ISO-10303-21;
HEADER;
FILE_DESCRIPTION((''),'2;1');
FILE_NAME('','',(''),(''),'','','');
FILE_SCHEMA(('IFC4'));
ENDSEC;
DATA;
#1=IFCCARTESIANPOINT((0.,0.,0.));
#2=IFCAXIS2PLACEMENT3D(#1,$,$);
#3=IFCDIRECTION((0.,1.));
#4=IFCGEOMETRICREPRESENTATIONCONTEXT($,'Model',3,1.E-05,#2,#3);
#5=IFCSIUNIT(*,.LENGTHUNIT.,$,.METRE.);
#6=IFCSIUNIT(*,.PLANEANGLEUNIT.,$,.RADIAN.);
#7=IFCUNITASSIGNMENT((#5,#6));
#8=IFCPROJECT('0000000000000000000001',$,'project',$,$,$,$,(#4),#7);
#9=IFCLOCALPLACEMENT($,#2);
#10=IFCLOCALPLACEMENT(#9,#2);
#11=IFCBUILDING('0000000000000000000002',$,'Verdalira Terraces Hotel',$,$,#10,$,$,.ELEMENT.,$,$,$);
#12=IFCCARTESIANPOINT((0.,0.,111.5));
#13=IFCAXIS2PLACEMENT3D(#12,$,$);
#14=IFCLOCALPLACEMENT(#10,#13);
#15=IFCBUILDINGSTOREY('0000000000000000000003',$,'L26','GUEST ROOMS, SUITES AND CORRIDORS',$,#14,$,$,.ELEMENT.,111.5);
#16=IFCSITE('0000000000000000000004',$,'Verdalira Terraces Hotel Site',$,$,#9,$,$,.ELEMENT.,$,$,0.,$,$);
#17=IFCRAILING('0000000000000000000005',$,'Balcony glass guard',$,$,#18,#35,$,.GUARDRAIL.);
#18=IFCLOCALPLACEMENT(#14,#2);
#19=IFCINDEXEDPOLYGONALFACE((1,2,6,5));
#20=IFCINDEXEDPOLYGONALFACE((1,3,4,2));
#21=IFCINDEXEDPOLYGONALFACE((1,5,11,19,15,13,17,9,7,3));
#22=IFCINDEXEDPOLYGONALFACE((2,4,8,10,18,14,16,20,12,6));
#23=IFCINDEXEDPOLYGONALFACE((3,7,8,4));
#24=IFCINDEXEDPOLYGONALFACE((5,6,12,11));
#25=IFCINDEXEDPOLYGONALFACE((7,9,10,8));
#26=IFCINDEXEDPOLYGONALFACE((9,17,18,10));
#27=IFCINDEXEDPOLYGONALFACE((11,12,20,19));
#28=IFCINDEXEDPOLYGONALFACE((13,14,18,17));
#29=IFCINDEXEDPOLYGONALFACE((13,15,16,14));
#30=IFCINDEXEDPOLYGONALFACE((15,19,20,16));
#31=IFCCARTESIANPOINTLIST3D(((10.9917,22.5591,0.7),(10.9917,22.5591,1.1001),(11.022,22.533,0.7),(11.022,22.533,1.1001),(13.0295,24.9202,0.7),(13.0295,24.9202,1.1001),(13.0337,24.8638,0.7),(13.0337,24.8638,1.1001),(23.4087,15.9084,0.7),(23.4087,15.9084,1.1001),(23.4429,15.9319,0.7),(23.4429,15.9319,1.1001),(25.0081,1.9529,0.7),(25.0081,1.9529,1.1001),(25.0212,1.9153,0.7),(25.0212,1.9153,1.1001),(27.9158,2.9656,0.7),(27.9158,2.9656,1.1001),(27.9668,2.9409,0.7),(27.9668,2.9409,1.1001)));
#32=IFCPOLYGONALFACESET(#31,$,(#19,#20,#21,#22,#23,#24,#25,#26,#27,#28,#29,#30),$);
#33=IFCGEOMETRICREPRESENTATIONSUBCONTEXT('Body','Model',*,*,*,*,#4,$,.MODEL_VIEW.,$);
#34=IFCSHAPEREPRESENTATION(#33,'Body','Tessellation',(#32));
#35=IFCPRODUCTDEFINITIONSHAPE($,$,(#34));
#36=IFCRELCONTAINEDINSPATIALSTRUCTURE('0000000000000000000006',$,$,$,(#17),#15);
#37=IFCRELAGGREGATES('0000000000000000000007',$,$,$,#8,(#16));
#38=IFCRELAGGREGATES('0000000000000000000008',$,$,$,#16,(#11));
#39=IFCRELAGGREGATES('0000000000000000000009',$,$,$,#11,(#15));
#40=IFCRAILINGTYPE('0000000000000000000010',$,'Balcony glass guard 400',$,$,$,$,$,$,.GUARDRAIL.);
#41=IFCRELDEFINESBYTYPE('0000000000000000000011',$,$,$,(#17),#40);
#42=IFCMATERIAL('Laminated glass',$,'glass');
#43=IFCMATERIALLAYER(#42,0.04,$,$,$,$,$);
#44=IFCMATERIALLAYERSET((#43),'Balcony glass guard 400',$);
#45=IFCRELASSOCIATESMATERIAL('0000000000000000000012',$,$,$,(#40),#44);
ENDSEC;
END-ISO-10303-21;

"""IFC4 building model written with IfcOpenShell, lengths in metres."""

from ifc_helpers import new_model, si_unit, direction, frame, origin, place, context, subcontext, project, spatial, polyline, outline, extrude, material, layer, layer_set, type_object, element, save


model = new_model("IFC4")

# Units and contexts
model_context = context("Model", 3, precision=1e-05, world=origin(), true_north=direction((0.0, 1.0)))
body_context = subcontext(model_context, "Body", "Model", "MODEL_VIEW")
ifc_project = project(units=[si_unit("LENGTHUNIT", "METRE"), si_unit("PLANEANGLEUNIT", "RADIAN")], contexts=[model_context])

# Site, building, storey
site_placement = place(None, origin())
site = spatial("IfcSite", under=ifc_project, at=site_placement, Name="Verdalira Terraces Hotel Site", CompositionType="ELEMENT", RefElevation=0.0)
building_placement = place(site_placement, origin())
building = spatial("IfcBuilding", under=site, at=building_placement, Name="Verdalira Terraces Hotel", CompositionType="ELEMENT")
storey_placement = place(building_placement, frame((0.0, 0.0, 111.5)))
storey = spatial("IfcBuildingStorey", under=building, at=storey_placement, Name="L26", Description="GUEST ROOMS, SUITES AND CORRIDORS", CompositionType="ELEMENT", Elevation=111.5)

# Railing
ifc_material_1 = material(Name="Laminated glass", Category="glass")
ifc_layer_1 = layer(ifc_material_1, 0.04)
ifc_layer_set_1 = layer_set([ifc_layer_1], Name="Balcony glass guard 400")
railing_type = type_object("IfcRailingType", Name="Balcony glass guard 400", PredefinedType="GUARDRAIL", material=ifc_layer_set_1)
railing_1_placement = place(storey_placement, frame((0.0, 0.0, 0.7)))
element("IfcRailing", 1, at=railing_1_placement, inside=storey, type_object=railing_type, Name="Balcony glass guard", PredefinedType="GUARDRAIL", context=body_context, shape_type="SweptSolid", body=[
    extrude(outline(polyline([(27.9158, 2.9656), (23.4087, 15.9084), (13.0337, 24.8638), (11.022, 22.533), (10.9917, 22.5591), (13.0295, 24.9202), (23.4429, 15.9319), (27.9668, 2.9409), (25.0212, 1.9153), (25.0081, 1.9529), (27.9158, 2.9656)])), origin(), (0.0, 0.0, 1.0), 0.4001),
])

save(model, "model.ifc")
